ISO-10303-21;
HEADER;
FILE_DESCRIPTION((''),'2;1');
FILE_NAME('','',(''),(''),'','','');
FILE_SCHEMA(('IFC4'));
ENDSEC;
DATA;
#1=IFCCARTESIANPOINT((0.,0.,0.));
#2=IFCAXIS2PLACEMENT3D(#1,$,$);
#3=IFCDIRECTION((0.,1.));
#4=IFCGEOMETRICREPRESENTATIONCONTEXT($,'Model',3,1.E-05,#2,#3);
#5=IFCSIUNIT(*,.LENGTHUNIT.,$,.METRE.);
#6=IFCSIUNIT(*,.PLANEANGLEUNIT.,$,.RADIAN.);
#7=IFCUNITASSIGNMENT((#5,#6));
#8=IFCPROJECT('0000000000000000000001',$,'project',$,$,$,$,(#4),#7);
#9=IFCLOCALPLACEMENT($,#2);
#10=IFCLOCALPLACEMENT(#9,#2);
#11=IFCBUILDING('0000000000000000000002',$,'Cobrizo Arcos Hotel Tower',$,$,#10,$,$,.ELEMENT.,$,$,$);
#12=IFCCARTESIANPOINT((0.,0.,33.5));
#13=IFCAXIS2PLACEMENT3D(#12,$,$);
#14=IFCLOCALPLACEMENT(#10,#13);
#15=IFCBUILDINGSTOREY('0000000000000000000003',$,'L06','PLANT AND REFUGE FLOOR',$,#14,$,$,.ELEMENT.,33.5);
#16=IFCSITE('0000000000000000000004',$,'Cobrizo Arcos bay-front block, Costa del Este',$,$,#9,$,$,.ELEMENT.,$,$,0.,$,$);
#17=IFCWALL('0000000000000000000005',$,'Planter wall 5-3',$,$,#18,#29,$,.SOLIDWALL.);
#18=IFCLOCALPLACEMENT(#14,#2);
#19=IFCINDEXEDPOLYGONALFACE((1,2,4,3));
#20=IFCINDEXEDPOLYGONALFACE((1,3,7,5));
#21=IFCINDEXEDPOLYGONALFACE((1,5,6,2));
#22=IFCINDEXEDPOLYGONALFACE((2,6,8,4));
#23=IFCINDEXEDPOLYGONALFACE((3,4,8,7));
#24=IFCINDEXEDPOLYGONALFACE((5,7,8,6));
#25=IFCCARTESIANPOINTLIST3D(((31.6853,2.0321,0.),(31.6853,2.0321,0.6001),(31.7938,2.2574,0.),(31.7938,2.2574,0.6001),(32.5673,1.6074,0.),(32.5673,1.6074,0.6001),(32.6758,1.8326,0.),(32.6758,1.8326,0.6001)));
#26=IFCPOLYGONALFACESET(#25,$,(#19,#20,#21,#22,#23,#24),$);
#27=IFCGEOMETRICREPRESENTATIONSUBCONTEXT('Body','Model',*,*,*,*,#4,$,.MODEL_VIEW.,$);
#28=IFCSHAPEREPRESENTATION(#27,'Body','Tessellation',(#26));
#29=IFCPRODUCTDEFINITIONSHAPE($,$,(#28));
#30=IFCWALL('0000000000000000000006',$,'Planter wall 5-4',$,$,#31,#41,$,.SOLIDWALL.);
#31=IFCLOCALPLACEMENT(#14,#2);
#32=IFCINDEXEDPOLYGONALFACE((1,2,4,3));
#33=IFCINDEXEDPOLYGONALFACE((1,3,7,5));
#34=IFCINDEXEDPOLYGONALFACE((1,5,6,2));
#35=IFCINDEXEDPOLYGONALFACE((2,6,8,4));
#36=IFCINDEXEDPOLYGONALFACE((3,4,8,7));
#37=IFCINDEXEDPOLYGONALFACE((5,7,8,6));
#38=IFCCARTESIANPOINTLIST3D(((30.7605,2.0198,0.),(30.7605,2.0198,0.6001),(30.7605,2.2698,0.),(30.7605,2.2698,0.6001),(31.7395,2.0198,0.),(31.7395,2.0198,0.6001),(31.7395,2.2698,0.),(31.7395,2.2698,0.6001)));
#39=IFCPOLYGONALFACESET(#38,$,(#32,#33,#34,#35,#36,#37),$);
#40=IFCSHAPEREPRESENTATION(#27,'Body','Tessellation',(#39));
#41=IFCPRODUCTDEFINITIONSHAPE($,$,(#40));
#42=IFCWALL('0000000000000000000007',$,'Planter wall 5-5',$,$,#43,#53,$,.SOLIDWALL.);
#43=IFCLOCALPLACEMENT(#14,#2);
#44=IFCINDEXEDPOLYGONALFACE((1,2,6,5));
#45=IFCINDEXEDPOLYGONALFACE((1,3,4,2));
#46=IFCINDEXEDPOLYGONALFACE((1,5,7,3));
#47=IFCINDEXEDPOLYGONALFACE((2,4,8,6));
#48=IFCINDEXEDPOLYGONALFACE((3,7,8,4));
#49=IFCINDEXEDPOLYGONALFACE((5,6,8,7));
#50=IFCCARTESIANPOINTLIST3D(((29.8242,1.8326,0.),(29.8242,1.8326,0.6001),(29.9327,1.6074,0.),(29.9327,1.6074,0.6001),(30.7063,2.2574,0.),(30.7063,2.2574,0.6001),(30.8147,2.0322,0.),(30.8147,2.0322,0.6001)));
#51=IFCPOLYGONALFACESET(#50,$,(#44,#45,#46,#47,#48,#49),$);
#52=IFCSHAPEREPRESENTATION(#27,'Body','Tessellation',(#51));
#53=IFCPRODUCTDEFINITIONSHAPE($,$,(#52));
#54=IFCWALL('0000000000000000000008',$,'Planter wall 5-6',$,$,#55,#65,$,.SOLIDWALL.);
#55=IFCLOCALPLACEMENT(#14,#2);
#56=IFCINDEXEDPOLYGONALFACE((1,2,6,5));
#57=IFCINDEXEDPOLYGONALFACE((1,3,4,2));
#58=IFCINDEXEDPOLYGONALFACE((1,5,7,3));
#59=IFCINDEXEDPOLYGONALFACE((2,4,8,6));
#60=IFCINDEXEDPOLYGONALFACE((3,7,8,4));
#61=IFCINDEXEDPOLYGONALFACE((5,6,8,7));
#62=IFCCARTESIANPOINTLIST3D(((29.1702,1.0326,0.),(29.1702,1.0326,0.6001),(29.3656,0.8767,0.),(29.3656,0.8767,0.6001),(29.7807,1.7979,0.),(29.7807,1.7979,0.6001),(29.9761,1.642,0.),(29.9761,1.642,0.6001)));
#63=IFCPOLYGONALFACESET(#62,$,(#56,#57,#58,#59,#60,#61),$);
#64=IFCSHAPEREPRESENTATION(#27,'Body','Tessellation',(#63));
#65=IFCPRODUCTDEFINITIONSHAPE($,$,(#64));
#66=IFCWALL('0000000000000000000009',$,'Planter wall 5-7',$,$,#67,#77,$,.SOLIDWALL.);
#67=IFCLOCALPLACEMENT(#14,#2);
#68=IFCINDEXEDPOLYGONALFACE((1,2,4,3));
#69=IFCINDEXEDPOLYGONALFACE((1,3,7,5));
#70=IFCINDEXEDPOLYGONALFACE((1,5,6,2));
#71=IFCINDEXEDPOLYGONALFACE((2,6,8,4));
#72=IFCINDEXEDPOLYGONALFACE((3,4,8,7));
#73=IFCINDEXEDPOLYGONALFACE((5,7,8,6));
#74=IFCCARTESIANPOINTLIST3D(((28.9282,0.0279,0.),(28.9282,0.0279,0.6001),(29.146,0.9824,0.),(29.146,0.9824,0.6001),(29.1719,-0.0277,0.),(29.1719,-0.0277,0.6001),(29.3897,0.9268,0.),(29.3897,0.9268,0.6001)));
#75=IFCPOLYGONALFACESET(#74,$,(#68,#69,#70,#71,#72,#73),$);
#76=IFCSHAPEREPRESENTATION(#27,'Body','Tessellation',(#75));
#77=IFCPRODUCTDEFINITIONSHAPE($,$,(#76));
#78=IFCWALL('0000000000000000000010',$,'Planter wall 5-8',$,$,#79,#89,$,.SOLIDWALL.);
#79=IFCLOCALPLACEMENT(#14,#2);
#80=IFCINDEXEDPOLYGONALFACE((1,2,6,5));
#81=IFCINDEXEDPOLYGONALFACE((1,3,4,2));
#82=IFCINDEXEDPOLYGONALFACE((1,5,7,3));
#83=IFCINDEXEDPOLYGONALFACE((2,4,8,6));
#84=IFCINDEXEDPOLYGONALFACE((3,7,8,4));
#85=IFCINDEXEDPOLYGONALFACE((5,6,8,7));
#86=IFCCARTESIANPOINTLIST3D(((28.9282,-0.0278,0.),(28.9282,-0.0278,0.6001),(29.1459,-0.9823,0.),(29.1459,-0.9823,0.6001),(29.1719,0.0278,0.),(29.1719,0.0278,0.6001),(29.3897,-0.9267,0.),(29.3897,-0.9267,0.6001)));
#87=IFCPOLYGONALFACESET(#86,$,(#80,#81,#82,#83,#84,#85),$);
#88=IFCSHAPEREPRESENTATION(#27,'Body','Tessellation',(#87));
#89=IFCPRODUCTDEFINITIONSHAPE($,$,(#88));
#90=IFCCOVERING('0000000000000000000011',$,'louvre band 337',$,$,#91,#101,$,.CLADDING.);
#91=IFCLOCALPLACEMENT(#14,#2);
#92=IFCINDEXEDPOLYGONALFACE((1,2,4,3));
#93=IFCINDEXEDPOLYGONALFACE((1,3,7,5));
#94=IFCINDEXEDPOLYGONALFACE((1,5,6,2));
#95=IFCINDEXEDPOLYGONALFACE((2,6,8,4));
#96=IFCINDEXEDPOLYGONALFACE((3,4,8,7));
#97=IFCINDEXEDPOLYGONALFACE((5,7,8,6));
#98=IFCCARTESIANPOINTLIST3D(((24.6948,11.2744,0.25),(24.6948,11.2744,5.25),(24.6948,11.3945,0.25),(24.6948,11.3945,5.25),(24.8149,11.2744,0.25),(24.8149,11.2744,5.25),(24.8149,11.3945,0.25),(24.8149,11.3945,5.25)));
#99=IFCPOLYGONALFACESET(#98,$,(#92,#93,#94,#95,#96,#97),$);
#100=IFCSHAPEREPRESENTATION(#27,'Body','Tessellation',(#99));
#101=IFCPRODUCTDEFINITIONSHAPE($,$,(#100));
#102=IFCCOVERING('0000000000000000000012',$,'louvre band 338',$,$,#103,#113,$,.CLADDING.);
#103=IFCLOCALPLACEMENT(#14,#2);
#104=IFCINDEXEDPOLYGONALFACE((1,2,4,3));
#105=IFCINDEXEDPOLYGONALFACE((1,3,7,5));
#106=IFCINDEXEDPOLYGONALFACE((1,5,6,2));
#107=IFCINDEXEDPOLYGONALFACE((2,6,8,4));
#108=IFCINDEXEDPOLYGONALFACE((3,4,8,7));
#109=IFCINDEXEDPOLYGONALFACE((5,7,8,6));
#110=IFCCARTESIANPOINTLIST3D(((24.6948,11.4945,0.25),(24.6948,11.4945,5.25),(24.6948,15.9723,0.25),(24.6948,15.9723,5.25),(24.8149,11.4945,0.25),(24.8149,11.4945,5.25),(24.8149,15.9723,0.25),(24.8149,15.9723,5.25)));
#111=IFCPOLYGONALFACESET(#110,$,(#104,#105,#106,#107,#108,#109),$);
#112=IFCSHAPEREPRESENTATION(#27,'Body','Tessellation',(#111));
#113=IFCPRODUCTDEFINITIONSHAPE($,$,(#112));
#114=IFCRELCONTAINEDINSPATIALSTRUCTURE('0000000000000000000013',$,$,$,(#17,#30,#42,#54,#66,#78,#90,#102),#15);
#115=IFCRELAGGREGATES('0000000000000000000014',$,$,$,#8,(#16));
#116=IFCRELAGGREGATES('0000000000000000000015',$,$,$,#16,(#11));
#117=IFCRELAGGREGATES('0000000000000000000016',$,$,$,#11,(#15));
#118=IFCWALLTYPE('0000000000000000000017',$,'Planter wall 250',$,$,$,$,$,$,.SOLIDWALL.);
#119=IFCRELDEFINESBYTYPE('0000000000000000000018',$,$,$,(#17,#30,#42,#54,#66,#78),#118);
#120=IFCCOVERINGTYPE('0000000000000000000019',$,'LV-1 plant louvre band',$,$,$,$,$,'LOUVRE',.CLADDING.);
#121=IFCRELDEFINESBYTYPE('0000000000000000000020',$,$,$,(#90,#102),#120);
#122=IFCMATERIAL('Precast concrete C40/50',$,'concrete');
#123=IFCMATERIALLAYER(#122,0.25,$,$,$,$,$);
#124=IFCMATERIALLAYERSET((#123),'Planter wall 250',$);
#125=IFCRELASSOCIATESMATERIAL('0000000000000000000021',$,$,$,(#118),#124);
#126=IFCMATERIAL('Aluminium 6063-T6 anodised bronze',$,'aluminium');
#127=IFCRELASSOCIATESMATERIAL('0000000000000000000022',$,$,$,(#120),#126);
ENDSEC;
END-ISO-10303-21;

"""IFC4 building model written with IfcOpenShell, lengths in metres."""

from ifc_helpers import new_model, si_unit, direction, frame, frame_2d, origin, origin_2d, place, context, subcontext, project, spatial, rectangle, extrude, material, layer, layer_set, type_object, element, save


model = new_model("IFC4")

# Units and contexts
model_context = context("Model", 3, precision=1e-05, world=origin(), true_north=direction((0.0, 1.0)))
body_context = subcontext(model_context, "Body", "Model", "MODEL_VIEW")
ifc_project = project(units=[si_unit("LENGTHUNIT", "METRE"), si_unit("PLANEANGLEUNIT", "RADIAN")], contexts=[model_context])

# Site, building, storey
site_placement = place(None, origin())
site = spatial("IfcSite", under=ifc_project, at=site_placement, Name="Cobrizo Arcos bay-front block, Costa del Este", CompositionType="ELEMENT", RefElevation=0.0)
building_placement = place(site_placement, origin())
building = spatial("IfcBuilding", under=site, at=building_placement, Name="Cobrizo Arcos Hotel Tower", CompositionType="ELEMENT")
storey_placement = place(building_placement, frame((0.0, 0.0, 33.5)))
storey = spatial("IfcBuildingStorey", under=building, at=storey_placement, Name="L06", Description="PLANT AND REFUGE FLOOR", CompositionType="ELEMENT", Elevation=33.5)

# Shared definitions
ifc_material_1 = material(Name="Aluminium 6063-T6 anodised bronze", Category="aluminium")

# Walls
ifc_material_2 = material(Name="Precast concrete C40/50", Category="concrete")
ifc_layer_1 = layer(ifc_material_2, 0.25)
ifc_layer_set_1 = layer_set([ifc_layer_1], Name="Planter wall 250")
wall_type = type_object("IfcWallType", Name="Planter wall 250", PredefinedType="SOLIDWALL", material=ifc_layer_set_1)
for number, where, z_axis, x_axis, name in (
    (1, (32.6216, 1.72, 0.0), (0.0, 0.0, 1.0), (-0.900962, 0.433898, 0.0), "Planter wall 5-3"),
    (2, (31.7395, 2.1448, 0.0), (0.0, 0.0, 1.0), (-1.0, 0.0, 0.0), "Planter wall 5-4"),
    (3, (30.7605, 2.1448, 0.0), (0.0, 0.0, 1.0), (-0.900962, -0.433898, 0.0), "Planter wall 5-5"),
    (4, (29.8784, 1.72, 0.0), (0.0, 0.0, 1.0), (-0.62363, -0.78172, 0.0), "Planter wall 5-6"),
    (5, (29.2678, 0.9546, 0.0), (0.0, 0.0, 1.0), (-0.222419, -0.974951, 0.0), "Planter wall 5-7"),
    (6, (29.05, 0.0, 0.0), (0.0, 0.0, 1.0), (0.222419, -0.974951, 0.0), "Planter wall 5-8"),
):
    element("IfcWall", number, at=place(storey_placement, frame(where, z_axis=z_axis, x_axis=x_axis)), inside=storey, type_object=wall_type, Name=name, PredefinedType="SOLIDWALL", context=body_context, shape_type="SweptSolid", body=[
        extrude(rectangle(XDim=0.979, YDim=0.25, at=frame_2d((0.4895, 0.0))), origin(), (0.0, 0.0, 1.0), 0.6001),
    ])

# Coverings
covering_type = type_object("IfcCoveringType", Name="LV-1 plant louvre band", ElementType="LOUVRE", PredefinedType="CLADDING", material=ifc_material_1)
covering_1_placement = place(storey_placement, frame((24.7549, 11.3345, 0.25), z_axis=(0.0, 0.0, 1.0), x_axis=(0.0, 1.0, 0.0)))
element("IfcCovering", 7, at=covering_1_placement, inside=storey, type_object=covering_type, Name="louvre band 337", PredefinedType="CLADDING", context=body_context, shape_type="SweptSolid", body=[
    extrude(rectangle(XDim=0.1201, YDim=0.1201, at=origin_2d()), origin(), (0.0, 0.0, 1.0), 5.0),
])
covering_2_placement = place(storey_placement, frame((24.7549, 13.7334, 0.25), z_axis=(0.0, 0.0, 1.0), x_axis=(0.0, 1.0, 0.0)))
element("IfcCovering", 8, at=covering_2_placement, inside=storey, type_object=covering_type, Name="louvre band 338", PredefinedType="CLADDING", context=body_context, shape_type="SweptSolid", body=[
    extrude(rectangle(XDim=4.4778, YDim=0.1201, at=origin_2d()), origin(), (0.0, 0.0, 1.0), 5.0),
])

save(model, "model.ifc")
